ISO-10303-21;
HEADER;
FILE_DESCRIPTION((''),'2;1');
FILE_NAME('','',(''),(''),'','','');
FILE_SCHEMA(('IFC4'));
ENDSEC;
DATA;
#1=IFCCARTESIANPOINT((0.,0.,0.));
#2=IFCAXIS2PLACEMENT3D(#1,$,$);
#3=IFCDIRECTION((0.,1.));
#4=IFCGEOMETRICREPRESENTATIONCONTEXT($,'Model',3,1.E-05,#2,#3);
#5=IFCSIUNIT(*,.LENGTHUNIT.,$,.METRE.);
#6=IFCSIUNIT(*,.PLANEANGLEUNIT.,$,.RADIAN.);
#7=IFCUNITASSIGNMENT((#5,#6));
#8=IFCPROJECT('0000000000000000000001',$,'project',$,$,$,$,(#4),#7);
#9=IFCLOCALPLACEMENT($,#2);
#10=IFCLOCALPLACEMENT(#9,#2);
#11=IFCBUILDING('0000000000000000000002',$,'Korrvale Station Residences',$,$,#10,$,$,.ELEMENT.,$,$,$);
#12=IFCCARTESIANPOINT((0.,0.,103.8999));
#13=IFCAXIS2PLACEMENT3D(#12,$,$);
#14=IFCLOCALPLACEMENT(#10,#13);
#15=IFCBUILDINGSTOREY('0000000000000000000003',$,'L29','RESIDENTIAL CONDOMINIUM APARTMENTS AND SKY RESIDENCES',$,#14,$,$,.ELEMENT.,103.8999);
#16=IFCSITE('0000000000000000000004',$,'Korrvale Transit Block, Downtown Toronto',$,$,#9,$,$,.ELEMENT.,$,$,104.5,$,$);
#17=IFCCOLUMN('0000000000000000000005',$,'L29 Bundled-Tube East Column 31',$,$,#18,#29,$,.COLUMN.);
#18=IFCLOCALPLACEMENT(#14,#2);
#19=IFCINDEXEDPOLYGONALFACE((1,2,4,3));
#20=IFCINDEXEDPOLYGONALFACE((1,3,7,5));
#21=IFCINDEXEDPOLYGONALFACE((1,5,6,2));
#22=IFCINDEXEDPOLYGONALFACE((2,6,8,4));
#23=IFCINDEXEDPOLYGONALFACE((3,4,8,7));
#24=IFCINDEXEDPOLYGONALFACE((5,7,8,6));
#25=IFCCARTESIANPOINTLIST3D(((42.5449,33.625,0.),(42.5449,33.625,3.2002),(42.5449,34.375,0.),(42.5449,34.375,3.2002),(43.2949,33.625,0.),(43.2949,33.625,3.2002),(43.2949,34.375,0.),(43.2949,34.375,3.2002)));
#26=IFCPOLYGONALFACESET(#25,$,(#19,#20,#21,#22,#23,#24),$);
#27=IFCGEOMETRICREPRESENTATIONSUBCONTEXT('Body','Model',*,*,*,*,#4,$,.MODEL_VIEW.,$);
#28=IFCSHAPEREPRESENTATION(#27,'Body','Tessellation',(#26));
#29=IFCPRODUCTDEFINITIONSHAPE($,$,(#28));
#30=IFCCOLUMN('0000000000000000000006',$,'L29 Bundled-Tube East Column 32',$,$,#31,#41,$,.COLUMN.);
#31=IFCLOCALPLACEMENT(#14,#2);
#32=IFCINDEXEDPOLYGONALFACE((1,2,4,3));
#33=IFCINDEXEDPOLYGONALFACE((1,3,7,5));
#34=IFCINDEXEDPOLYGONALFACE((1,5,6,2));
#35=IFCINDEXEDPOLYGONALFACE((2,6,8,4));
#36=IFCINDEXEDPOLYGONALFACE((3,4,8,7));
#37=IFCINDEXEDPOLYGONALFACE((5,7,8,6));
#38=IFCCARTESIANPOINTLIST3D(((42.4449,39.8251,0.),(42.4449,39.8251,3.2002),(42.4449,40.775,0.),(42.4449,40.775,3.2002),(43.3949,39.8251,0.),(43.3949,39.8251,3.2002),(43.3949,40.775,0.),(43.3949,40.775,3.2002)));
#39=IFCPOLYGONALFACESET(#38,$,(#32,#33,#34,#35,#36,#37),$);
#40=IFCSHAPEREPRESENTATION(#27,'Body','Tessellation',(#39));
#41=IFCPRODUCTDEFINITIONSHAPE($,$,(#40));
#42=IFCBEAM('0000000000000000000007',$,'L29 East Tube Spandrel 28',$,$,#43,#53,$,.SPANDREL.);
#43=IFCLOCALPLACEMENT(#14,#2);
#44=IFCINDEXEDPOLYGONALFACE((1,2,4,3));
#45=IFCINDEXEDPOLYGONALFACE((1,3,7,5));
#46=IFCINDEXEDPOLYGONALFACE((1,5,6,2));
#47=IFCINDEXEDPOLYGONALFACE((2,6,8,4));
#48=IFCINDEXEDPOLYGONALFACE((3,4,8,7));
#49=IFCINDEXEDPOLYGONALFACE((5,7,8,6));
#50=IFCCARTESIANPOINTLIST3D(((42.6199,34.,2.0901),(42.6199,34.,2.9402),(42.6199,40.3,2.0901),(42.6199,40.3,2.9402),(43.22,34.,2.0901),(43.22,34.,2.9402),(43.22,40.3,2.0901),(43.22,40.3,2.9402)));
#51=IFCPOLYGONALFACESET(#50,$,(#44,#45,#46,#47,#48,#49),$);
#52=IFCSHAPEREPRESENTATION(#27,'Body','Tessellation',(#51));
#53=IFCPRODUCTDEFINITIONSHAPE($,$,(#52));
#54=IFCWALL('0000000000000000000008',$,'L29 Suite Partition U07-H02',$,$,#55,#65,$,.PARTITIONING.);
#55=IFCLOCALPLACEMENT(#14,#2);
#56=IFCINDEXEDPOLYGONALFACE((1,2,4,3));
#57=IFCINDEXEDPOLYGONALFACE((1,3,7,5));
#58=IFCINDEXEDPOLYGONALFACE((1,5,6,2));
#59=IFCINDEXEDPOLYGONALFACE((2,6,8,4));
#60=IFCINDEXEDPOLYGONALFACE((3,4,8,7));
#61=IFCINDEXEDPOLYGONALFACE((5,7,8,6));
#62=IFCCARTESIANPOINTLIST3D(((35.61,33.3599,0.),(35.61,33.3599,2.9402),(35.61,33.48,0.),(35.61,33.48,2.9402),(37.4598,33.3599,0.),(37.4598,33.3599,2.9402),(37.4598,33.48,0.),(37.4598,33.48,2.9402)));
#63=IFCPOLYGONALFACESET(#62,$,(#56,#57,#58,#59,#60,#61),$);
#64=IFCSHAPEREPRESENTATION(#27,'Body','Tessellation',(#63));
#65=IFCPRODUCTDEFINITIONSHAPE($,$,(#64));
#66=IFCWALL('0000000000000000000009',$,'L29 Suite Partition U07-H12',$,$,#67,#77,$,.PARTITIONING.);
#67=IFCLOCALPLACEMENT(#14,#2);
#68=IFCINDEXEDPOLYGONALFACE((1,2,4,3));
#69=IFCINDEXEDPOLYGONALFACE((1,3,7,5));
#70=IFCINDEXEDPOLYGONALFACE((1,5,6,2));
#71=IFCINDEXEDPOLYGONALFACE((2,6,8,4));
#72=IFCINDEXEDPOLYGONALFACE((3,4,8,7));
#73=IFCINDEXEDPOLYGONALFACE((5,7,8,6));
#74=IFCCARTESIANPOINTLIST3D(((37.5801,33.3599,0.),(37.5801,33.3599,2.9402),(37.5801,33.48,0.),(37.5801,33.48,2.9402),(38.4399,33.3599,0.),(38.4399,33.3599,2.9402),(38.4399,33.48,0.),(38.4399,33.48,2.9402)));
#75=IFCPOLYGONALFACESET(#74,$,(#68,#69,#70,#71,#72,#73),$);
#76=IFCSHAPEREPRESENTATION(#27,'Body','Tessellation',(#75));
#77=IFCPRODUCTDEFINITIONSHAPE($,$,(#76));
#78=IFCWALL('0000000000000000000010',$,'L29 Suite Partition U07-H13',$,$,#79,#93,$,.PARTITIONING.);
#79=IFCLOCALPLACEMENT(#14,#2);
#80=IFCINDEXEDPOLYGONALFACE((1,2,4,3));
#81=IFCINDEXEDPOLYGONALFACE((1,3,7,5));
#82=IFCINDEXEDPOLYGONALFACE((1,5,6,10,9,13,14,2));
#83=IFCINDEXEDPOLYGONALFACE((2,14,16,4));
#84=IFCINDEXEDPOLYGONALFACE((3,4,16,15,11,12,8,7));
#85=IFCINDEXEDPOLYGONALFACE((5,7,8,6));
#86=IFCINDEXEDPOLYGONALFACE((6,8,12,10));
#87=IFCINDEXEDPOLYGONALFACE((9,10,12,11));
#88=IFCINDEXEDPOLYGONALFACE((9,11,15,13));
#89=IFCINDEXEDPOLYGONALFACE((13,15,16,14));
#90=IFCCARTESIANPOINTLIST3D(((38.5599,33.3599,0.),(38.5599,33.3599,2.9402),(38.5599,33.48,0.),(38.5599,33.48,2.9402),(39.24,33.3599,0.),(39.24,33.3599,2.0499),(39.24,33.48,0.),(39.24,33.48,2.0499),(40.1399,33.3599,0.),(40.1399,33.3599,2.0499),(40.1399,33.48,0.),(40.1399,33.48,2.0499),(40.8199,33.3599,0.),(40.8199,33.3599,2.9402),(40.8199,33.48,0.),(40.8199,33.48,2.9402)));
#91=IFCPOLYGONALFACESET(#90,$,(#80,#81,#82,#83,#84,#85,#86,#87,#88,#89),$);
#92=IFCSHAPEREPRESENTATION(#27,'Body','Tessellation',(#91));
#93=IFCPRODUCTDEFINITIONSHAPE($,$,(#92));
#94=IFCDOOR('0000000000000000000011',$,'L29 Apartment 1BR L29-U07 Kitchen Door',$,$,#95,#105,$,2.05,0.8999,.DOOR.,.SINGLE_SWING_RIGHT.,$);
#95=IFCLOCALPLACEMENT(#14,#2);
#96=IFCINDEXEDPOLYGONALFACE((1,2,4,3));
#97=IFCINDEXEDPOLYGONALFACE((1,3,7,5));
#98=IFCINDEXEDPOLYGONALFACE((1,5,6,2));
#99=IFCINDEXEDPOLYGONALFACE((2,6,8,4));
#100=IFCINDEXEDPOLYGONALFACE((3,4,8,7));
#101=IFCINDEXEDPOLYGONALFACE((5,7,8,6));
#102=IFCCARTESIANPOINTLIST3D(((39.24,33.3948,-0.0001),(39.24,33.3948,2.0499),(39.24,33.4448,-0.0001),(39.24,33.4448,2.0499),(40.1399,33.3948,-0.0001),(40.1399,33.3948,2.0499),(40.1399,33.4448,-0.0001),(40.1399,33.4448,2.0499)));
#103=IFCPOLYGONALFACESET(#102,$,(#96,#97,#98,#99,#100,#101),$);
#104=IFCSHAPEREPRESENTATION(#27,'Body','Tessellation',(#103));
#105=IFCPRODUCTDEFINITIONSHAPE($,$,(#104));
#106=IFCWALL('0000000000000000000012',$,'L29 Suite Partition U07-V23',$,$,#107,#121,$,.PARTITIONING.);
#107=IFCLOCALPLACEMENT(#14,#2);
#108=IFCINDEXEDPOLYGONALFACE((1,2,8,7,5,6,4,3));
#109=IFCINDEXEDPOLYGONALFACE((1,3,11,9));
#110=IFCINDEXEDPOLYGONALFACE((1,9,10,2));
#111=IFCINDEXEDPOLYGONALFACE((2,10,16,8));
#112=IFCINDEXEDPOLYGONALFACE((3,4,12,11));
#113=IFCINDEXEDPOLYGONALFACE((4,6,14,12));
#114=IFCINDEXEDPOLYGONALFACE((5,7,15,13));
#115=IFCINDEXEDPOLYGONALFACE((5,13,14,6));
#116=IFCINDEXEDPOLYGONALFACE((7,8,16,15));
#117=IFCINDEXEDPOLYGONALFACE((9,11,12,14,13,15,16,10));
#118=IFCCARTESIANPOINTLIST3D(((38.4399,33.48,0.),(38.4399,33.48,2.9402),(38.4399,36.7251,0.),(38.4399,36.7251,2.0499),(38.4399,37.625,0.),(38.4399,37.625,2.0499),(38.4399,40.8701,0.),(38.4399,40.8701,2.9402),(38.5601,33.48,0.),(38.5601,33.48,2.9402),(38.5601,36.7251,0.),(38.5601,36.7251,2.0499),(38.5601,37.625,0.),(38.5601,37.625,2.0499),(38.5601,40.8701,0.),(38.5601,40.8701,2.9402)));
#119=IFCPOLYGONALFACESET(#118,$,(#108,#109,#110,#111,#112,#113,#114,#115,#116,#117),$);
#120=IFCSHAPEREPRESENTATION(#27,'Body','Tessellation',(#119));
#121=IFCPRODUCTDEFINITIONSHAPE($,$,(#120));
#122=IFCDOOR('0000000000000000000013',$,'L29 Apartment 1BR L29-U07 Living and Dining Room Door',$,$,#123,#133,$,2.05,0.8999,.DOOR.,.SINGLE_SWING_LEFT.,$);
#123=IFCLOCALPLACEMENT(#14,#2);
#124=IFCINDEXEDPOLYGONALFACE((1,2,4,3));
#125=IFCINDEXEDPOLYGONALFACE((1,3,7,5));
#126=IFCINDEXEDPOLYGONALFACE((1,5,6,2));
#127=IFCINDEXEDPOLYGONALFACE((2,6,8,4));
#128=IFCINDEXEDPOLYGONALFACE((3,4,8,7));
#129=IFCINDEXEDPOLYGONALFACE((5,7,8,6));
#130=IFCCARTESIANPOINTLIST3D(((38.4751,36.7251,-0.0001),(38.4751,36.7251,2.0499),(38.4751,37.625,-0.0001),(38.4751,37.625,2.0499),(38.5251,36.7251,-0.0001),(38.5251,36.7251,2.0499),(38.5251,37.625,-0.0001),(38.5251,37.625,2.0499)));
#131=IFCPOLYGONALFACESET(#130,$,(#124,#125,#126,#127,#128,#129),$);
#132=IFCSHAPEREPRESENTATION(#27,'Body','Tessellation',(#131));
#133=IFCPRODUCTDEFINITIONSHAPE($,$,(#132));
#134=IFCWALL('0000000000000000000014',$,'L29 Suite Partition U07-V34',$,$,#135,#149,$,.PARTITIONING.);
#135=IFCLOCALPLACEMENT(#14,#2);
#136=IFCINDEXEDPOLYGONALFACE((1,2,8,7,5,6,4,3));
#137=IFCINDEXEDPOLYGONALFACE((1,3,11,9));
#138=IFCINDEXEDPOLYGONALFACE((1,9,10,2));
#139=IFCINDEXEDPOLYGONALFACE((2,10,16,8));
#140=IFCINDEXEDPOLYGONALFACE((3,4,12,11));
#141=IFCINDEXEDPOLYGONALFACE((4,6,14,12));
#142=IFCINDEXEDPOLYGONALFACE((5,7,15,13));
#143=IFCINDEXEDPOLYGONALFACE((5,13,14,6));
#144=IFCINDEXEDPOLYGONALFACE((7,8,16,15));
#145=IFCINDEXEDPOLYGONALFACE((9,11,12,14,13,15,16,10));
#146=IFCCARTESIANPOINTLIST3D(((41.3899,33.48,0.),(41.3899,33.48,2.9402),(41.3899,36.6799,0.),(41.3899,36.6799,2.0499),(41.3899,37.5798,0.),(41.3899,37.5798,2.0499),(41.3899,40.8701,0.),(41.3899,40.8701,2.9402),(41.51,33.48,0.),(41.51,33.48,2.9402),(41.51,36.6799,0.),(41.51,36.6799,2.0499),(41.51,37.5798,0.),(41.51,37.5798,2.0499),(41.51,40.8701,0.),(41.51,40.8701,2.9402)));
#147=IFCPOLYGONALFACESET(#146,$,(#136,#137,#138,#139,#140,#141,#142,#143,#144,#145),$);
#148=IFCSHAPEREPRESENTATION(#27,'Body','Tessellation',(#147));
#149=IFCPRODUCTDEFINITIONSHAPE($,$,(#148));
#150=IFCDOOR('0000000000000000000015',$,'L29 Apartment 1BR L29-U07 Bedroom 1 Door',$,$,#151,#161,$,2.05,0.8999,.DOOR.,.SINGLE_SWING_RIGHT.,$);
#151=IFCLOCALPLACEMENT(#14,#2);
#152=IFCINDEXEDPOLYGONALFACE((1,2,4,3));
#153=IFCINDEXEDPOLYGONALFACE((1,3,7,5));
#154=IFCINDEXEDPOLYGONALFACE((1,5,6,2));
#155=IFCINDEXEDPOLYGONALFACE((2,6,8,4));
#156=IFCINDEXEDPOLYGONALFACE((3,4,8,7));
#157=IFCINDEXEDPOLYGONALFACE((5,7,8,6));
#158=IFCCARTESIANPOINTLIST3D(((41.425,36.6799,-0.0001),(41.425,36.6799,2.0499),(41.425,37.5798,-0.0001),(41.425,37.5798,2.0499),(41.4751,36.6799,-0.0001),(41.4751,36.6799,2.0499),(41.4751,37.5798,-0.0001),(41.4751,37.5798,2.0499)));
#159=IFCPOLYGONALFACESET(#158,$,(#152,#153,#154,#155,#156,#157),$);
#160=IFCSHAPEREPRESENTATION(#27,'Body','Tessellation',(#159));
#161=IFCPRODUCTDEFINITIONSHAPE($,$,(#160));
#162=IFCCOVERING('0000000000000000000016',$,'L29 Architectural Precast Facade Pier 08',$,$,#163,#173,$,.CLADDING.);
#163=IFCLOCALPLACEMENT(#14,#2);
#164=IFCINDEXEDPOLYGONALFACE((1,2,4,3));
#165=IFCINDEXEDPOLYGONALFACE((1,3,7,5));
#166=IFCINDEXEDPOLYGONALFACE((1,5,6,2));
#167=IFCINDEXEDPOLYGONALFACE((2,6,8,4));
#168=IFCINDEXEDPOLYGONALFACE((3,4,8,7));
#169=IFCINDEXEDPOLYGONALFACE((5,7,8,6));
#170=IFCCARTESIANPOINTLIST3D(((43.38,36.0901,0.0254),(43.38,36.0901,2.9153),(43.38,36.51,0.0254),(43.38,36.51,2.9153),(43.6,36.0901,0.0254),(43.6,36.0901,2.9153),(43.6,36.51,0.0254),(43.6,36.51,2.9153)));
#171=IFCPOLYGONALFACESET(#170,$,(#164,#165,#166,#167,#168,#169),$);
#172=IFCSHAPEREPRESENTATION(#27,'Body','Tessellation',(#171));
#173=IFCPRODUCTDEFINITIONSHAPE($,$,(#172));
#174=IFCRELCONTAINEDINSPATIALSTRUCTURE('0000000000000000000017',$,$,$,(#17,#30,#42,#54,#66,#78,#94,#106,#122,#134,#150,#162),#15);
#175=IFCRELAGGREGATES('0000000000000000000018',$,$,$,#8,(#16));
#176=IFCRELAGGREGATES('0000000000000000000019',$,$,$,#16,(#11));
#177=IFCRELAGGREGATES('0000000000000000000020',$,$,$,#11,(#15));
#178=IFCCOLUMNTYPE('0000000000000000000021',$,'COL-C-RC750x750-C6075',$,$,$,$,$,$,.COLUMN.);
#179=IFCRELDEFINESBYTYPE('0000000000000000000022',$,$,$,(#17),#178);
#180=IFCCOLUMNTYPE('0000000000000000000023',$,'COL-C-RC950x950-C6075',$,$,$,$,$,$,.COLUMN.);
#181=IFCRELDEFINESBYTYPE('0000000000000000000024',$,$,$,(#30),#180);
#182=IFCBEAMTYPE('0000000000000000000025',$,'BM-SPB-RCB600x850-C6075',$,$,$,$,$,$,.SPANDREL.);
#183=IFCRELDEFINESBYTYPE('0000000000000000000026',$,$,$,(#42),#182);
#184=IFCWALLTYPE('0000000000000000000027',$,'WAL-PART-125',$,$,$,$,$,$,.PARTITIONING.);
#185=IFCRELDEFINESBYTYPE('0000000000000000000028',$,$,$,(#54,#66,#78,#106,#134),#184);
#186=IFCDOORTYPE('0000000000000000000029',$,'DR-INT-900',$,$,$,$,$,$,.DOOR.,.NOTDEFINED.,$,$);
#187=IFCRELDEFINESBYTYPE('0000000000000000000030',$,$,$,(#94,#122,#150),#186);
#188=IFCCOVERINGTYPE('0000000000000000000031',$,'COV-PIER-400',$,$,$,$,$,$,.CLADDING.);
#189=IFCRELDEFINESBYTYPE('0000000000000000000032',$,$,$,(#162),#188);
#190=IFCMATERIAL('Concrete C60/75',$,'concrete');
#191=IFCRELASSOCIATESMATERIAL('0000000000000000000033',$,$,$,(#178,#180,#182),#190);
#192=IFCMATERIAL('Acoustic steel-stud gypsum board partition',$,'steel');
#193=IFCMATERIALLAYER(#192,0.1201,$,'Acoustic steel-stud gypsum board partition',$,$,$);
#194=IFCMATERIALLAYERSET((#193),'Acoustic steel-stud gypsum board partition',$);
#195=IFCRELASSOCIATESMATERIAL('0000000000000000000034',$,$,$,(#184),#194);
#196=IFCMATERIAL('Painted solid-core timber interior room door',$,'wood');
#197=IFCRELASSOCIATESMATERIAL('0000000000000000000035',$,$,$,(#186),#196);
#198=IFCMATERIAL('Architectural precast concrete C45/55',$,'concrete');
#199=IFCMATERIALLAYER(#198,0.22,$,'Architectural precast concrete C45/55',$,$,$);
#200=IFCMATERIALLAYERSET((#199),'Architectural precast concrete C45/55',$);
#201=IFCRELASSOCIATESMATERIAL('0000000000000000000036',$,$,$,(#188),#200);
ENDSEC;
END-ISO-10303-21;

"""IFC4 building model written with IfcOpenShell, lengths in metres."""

from ifc_helpers import new_model, si_unit, direction, frame, frame_2d, origin, origin_2d, place, context, subcontext, project, spatial, rectangle, extrude, material, layer, layer_set, material_profile, profile_set, type_object, element, fill, save


model = new_model("IFC4")

# Units and contexts
model_context = context("Model", 3, precision=1e-05, world=origin(), true_north=direction((0.0, 1.0)))
body_context = subcontext(model_context, "Body", "Model", "MODEL_VIEW")
ifc_project = project(units=[si_unit("LENGTHUNIT", "METRE"), si_unit("PLANEANGLEUNIT", "RADIAN")], contexts=[model_context])

# Site, building, storey
site_placement = place(None, origin())
site = spatial("IfcSite", under=ifc_project, at=site_placement, Name="Korrvale Transit Block, Downtown Toronto", CompositionType="ELEMENT", RefElevation=104.5)
building_placement = place(site_placement, origin())
building = spatial("IfcBuilding", under=site, at=building_placement, Name="Korrvale Station Residences", CompositionType="ELEMENT")
storey_placement = place(building_placement, frame((0.0, 0.0, 103.8999)))
storey = spatial("IfcBuildingStorey", under=building, at=storey_placement, Name="L29", Description="RESIDENTIAL CONDOMINIUM APARTMENTS AND SKY RESIDENCES", CompositionType="ELEMENT", Elevation=103.8999)

# Columns
ifc_material_1 = material(Name="Concrete C60/75", Category="concrete")
ifc_material_profile_1 = material_profile(ifc_material_1, rectangle(XDim=0.75, YDim=0.75, at=origin_2d()), Name="RC750x750")
ifc_profile_set_1 = profile_set([ifc_material_profile_1], Name="Concrete C60/75")
column_type_1 = type_object("IfcColumnType", Name="COL-C-RC750x750-C6075", PredefinedType="COLUMN", material=ifc_profile_set_1)
column_1_placement = place(storey_placement, frame((42.9199, 34.0, 0.0), z_axis=(0.0, 0.0, 1.0), x_axis=(1.0, 0.0, 0.0)))
element("IfcColumn", 1, at=column_1_placement, inside=storey, type_object=column_type_1, Name="L29 Bundled-Tube East Column 31", PredefinedType="COLUMN", context=body_context, shape_type="SweptSolid", body=[
    extrude(rectangle(XDim=0.75, YDim=0.75, at=origin_2d()), origin(), (0.0, 0.0, 1.0), 3.2002),
])
ifc_material_profile_2 = material_profile(ifc_material_1, rectangle(XDim=0.95, YDim=0.95, at=origin_2d()), Name="RC950x950")
ifc_profile_set_2 = profile_set([ifc_material_profile_2], Name="Concrete C60/75")
column_type_2 = type_object("IfcColumnType", Name="COL-C-RC950x950-C6075", PredefinedType="COLUMN", material=ifc_profile_set_2)
column_2_placement = place(storey_placement, frame((42.9199, 40.3, 0.0), z_axis=(0.0, 0.0, 1.0), x_axis=(1.0, 0.0, 0.0)))
element("IfcColumn", 2, at=column_2_placement, inside=storey, type_object=column_type_2, Name="L29 Bundled-Tube East Column 32", PredefinedType="COLUMN", context=body_context, shape_type="SweptSolid", body=[
    extrude(rectangle(XDim=0.95, YDim=0.95, at=origin_2d()), origin(), (0.0, 0.0, 1.0), 3.2002),
])

# Beam
ifc_material_profile_3 = material_profile(ifc_material_1, rectangle(XDim=0.6001, YDim=0.8501, at=origin_2d()), Name="RCB600x850")
ifc_profile_set_3 = profile_set([ifc_material_profile_3], Name="Concrete C60/75")
beam_type = type_object("IfcBeamType", Name="BM-SPB-RCB600x850-C6075", PredefinedType="SPANDREL", material=ifc_profile_set_3)
beam_placement = place(storey_placement, frame((42.9199, 34.0, 2.5151), z_axis=(0.0, 1.0, 0.0), x_axis=(-1.0, 0.0, 0.0)))
element("IfcBeam", 3, at=beam_placement, inside=storey, type_object=beam_type, Name="L29 East Tube Spandrel 28", PredefinedType="SPANDREL", context=body_context, shape_type="SweptSolid", body=[
    extrude(rectangle(XDim=0.6001, YDim=0.8501, at=origin_2d()), origin(), (0.0, 0.0, 1.0), 6.3),
])

# Walls
ifc_material_2 = material(Name="Acoustic steel-stud gypsum board partition", Category="steel")
ifc_layer_1 = layer(ifc_material_2, 0.1201, Name="Acoustic steel-stud gypsum board partition")
ifc_layer_set_1 = layer_set([ifc_layer_1], Name="Acoustic steel-stud gypsum board partition")
wall_type = type_object("IfcWallType", Name="WAL-PART-125", PredefinedType="PARTITIONING", material=ifc_layer_set_1)
wall_1_placement = place(storey_placement, frame((35.6101, 33.4199, 0.0), z_axis=(0.0, 0.0, 1.0), x_axis=(1.0, 0.0, 0.0)))
element("IfcWall", 4, at=wall_1_placement, inside=storey, type_object=wall_type, Name="L29 Suite Partition U07-H02", PredefinedType="PARTITIONING", context=body_context, shape_type="SweptSolid", body=[
    extrude(rectangle(XDim=1.8499, YDim=0.1201, at=frame_2d((0.9248, 0.0))), origin(), (0.0, 0.0, 1.0), 2.9402),
])
wall_2_placement = place(storey_placement, frame((37.5801, 33.4199, 0.0), z_axis=(0.0, 0.0, 1.0), x_axis=(1.0, 0.0, 0.0)))
element("IfcWall", 5, at=wall_2_placement, inside=storey, type_object=wall_type, Name="L29 Suite Partition U07-H12", PredefinedType="PARTITIONING", context=body_context, shape_type="SweptSolid", body=[
    extrude(rectangle(XDim=0.8599, YDim=0.1201, at=frame_2d((0.4299, 0.0))), origin(), (0.0, 0.0, 1.0), 2.9402),
])

# Walls, openings, doors
wall_3_placement = place(storey_placement, frame((38.5601, 33.4199, 0.0), z_axis=(0.0, 0.0, 1.0), x_axis=(1.0, 0.0, 0.0)))
wall_3 = element("IfcWall", 6, at=wall_3_placement, inside=storey, type_object=wall_type, Name="L29 Suite Partition U07-H13", PredefinedType="PARTITIONING", context=body_context, shape_type="SweptSolid", body=[
    extrude(rectangle(XDim=2.26, YDim=0.1201, at=frame_2d((1.1299, 0.0))), origin(), (0.0, 0.0, 1.0), 2.9402),
])
opening_1_placement = place(wall_3_placement, frame((0.6799, 0.0, 0.0)))
opening_1 = element("IfcOpeningElement", 7, at=opening_1_placement, cuts=wall_3, PredefinedType="OPENING", context=body_context, shape_type="SweptSolid", body=[
    extrude(rectangle(XDim=0.8999, YDim=2.05, at=frame_2d((0.45, 1.0249))), frame((0.0, 0.0701, 0.0), z_axis=(0.0, -1.0, 0.0), x_axis=(1.0, 0.0, 0.0)), (0.0, 0.0, 1.0), 0.1401),
])
ifc_material_3 = material(Name="Painted solid-core timber interior room door", Category="wood")
door_type = type_object("IfcDoorType", Name="DR-INT-900", OperationType="NOTDEFINED", PredefinedType="DOOR", material=ifc_material_3)
door_1_placement = place(opening_1_placement, origin())
door_1 = element("IfcDoor", 8, at=door_1_placement, inside=storey, type_object=door_type, Name="L29 Apartment 1BR L29-U07 Kitchen Door", OperationType="SINGLE_SWING_RIGHT", OverallHeight=2.05, OverallWidth=0.8999, PredefinedType="DOOR", context=body_context, shape_type="SweptSolid", body=[
    extrude(rectangle(XDim=0.8999, YDim=2.05, at=frame_2d((0.45, 1.0249))), frame((0.0, 0.0249, 0.0), z_axis=(0.0, -1.0, 0.0), x_axis=(1.0, 0.0, 0.0)), (0.0, 0.0, 1.0), 0.05),
])
fill(opening_1, door_1)
wall_4_placement = place(storey_placement, frame((38.5, 33.48, 0.0), z_axis=(0.0, 0.0, 1.0), x_axis=(0.0, 1.0, 0.0)))
wall_4 = element("IfcWall", 9, at=wall_4_placement, inside=storey, type_object=wall_type, Name="L29 Suite Partition U07-V23", PredefinedType="PARTITIONING", context=body_context, shape_type="SweptSolid", body=[
    extrude(rectangle(XDim=7.3901, YDim=0.1201, at=frame_2d((3.6951, 0.0))), origin(), (0.0, 0.0, 1.0), 2.9402),
])
opening_2_placement = place(wall_4_placement, frame((3.2451, 0.0, 0.0)))
opening_2 = element("IfcOpeningElement", 10, at=opening_2_placement, cuts=wall_4, PredefinedType="OPENING", context=body_context, shape_type="SweptSolid", body=[
    extrude(rectangle(XDim=0.8999, YDim=2.05, at=frame_2d((0.45, 1.0249))), frame((0.0, 0.0701, 0.0), z_axis=(0.0, -1.0, 0.0), x_axis=(1.0, 0.0, 0.0)), (0.0, 0.0, 1.0), 0.1401),
])
door_2_placement = place(opening_2_placement, origin())
door_2 = element("IfcDoor", 11, at=door_2_placement, inside=storey, type_object=door_type, Name="L29 Apartment 1BR L29-U07 Living and Dining Room Door", OperationType="SINGLE_SWING_LEFT", OverallHeight=2.05, OverallWidth=0.8999, PredefinedType="DOOR", context=body_context, shape_type="SweptSolid", body=[
    extrude(rectangle(XDim=0.8999, YDim=2.05, at=frame_2d((0.45, 1.0249))), frame((0.0, 0.0249, 0.0), z_axis=(0.0, -1.0, 0.0), x_axis=(1.0, 0.0, 0.0)), (0.0, 0.0, 1.0), 0.05),
])
fill(opening_2, door_2)
wall_5_placement = place(storey_placement, frame((41.45, 33.48, 0.0), z_axis=(0.0, 0.0, 1.0), x_axis=(0.0, 1.0, 0.0)))
wall_5 = element("IfcWall", 12, at=wall_5_placement, inside=storey, type_object=wall_type, Name="L29 Suite Partition U07-V34", PredefinedType="PARTITIONING", context=body_context, shape_type="SweptSolid", body=[
    extrude(rectangle(XDim=7.3901, YDim=0.1201, at=frame_2d((3.6951, 0.0))), origin(), (0.0, 0.0, 1.0), 2.9402),
])
opening_3_placement = place(wall_5_placement, frame((3.2, 0.0, 0.0)))
opening_3 = element("IfcOpeningElement", 13, at=opening_3_placement, cuts=wall_5, PredefinedType="OPENING", context=body_context, shape_type="SweptSolid", body=[
    extrude(rectangle(XDim=0.8999, YDim=2.05, at=frame_2d((0.45, 1.0249))), frame((0.0, 0.0701, 0.0), z_axis=(0.0, -1.0, 0.0), x_axis=(1.0, 0.0, 0.0)), (0.0, 0.0, 1.0), 0.1401),
])
door_3_placement = place(opening_3_placement, origin())
door_3 = element("IfcDoor", 14, at=door_3_placement, inside=storey, type_object=door_type, Name="L29 Apartment 1BR L29-U07 Bedroom 1 Door", OperationType="SINGLE_SWING_RIGHT", OverallHeight=2.05, OverallWidth=0.8999, PredefinedType="DOOR", context=body_context, shape_type="SweptSolid", body=[
    extrude(rectangle(XDim=0.8999, YDim=2.05, at=frame_2d((0.45, 1.0249))), frame((0.0, 0.0249, 0.0), z_axis=(0.0, -1.0, 0.0), x_axis=(1.0, 0.0, 0.0)), (0.0, 0.0, 1.0), 0.05),
])
fill(opening_3, door_3)

# Covering
ifc_material_4 = material(Name="Architectural precast concrete C45/55", Category="concrete")
ifc_layer_2 = layer(ifc_material_4, 0.22, Name="Architectural precast concrete C45/55")
ifc_layer_set_2 = layer_set([ifc_layer_2], Name="Architectural precast concrete C45/55")
covering_type = type_object("IfcCoveringType", Name="COV-PIER-400", PredefinedType="CLADDING", material=ifc_layer_set_2)
for number, where, z_axis, x_axis, name in (
    (15, (43.49, 36.3, 0.0254), (0.0, 0.0, 1.0), (0.0, 1.0, 0.0), "L29 Architectural Precast Facade Pier 08"),
):
    element("IfcCovering", number, at=place(storey_placement, frame(where, z_axis=z_axis, x_axis=x_axis)), inside=storey, type_object=covering_type, Name=name, PredefinedType="CLADDING", context=body_context, shape_type="SweptSolid", body=[
        extrude(rectangle(XDim=0.4199, YDim=0.22, at=origin_2d()), origin(), (0.0, 0.0, 1.0), 2.8899),
    ])

save(model, "model.ifc")
